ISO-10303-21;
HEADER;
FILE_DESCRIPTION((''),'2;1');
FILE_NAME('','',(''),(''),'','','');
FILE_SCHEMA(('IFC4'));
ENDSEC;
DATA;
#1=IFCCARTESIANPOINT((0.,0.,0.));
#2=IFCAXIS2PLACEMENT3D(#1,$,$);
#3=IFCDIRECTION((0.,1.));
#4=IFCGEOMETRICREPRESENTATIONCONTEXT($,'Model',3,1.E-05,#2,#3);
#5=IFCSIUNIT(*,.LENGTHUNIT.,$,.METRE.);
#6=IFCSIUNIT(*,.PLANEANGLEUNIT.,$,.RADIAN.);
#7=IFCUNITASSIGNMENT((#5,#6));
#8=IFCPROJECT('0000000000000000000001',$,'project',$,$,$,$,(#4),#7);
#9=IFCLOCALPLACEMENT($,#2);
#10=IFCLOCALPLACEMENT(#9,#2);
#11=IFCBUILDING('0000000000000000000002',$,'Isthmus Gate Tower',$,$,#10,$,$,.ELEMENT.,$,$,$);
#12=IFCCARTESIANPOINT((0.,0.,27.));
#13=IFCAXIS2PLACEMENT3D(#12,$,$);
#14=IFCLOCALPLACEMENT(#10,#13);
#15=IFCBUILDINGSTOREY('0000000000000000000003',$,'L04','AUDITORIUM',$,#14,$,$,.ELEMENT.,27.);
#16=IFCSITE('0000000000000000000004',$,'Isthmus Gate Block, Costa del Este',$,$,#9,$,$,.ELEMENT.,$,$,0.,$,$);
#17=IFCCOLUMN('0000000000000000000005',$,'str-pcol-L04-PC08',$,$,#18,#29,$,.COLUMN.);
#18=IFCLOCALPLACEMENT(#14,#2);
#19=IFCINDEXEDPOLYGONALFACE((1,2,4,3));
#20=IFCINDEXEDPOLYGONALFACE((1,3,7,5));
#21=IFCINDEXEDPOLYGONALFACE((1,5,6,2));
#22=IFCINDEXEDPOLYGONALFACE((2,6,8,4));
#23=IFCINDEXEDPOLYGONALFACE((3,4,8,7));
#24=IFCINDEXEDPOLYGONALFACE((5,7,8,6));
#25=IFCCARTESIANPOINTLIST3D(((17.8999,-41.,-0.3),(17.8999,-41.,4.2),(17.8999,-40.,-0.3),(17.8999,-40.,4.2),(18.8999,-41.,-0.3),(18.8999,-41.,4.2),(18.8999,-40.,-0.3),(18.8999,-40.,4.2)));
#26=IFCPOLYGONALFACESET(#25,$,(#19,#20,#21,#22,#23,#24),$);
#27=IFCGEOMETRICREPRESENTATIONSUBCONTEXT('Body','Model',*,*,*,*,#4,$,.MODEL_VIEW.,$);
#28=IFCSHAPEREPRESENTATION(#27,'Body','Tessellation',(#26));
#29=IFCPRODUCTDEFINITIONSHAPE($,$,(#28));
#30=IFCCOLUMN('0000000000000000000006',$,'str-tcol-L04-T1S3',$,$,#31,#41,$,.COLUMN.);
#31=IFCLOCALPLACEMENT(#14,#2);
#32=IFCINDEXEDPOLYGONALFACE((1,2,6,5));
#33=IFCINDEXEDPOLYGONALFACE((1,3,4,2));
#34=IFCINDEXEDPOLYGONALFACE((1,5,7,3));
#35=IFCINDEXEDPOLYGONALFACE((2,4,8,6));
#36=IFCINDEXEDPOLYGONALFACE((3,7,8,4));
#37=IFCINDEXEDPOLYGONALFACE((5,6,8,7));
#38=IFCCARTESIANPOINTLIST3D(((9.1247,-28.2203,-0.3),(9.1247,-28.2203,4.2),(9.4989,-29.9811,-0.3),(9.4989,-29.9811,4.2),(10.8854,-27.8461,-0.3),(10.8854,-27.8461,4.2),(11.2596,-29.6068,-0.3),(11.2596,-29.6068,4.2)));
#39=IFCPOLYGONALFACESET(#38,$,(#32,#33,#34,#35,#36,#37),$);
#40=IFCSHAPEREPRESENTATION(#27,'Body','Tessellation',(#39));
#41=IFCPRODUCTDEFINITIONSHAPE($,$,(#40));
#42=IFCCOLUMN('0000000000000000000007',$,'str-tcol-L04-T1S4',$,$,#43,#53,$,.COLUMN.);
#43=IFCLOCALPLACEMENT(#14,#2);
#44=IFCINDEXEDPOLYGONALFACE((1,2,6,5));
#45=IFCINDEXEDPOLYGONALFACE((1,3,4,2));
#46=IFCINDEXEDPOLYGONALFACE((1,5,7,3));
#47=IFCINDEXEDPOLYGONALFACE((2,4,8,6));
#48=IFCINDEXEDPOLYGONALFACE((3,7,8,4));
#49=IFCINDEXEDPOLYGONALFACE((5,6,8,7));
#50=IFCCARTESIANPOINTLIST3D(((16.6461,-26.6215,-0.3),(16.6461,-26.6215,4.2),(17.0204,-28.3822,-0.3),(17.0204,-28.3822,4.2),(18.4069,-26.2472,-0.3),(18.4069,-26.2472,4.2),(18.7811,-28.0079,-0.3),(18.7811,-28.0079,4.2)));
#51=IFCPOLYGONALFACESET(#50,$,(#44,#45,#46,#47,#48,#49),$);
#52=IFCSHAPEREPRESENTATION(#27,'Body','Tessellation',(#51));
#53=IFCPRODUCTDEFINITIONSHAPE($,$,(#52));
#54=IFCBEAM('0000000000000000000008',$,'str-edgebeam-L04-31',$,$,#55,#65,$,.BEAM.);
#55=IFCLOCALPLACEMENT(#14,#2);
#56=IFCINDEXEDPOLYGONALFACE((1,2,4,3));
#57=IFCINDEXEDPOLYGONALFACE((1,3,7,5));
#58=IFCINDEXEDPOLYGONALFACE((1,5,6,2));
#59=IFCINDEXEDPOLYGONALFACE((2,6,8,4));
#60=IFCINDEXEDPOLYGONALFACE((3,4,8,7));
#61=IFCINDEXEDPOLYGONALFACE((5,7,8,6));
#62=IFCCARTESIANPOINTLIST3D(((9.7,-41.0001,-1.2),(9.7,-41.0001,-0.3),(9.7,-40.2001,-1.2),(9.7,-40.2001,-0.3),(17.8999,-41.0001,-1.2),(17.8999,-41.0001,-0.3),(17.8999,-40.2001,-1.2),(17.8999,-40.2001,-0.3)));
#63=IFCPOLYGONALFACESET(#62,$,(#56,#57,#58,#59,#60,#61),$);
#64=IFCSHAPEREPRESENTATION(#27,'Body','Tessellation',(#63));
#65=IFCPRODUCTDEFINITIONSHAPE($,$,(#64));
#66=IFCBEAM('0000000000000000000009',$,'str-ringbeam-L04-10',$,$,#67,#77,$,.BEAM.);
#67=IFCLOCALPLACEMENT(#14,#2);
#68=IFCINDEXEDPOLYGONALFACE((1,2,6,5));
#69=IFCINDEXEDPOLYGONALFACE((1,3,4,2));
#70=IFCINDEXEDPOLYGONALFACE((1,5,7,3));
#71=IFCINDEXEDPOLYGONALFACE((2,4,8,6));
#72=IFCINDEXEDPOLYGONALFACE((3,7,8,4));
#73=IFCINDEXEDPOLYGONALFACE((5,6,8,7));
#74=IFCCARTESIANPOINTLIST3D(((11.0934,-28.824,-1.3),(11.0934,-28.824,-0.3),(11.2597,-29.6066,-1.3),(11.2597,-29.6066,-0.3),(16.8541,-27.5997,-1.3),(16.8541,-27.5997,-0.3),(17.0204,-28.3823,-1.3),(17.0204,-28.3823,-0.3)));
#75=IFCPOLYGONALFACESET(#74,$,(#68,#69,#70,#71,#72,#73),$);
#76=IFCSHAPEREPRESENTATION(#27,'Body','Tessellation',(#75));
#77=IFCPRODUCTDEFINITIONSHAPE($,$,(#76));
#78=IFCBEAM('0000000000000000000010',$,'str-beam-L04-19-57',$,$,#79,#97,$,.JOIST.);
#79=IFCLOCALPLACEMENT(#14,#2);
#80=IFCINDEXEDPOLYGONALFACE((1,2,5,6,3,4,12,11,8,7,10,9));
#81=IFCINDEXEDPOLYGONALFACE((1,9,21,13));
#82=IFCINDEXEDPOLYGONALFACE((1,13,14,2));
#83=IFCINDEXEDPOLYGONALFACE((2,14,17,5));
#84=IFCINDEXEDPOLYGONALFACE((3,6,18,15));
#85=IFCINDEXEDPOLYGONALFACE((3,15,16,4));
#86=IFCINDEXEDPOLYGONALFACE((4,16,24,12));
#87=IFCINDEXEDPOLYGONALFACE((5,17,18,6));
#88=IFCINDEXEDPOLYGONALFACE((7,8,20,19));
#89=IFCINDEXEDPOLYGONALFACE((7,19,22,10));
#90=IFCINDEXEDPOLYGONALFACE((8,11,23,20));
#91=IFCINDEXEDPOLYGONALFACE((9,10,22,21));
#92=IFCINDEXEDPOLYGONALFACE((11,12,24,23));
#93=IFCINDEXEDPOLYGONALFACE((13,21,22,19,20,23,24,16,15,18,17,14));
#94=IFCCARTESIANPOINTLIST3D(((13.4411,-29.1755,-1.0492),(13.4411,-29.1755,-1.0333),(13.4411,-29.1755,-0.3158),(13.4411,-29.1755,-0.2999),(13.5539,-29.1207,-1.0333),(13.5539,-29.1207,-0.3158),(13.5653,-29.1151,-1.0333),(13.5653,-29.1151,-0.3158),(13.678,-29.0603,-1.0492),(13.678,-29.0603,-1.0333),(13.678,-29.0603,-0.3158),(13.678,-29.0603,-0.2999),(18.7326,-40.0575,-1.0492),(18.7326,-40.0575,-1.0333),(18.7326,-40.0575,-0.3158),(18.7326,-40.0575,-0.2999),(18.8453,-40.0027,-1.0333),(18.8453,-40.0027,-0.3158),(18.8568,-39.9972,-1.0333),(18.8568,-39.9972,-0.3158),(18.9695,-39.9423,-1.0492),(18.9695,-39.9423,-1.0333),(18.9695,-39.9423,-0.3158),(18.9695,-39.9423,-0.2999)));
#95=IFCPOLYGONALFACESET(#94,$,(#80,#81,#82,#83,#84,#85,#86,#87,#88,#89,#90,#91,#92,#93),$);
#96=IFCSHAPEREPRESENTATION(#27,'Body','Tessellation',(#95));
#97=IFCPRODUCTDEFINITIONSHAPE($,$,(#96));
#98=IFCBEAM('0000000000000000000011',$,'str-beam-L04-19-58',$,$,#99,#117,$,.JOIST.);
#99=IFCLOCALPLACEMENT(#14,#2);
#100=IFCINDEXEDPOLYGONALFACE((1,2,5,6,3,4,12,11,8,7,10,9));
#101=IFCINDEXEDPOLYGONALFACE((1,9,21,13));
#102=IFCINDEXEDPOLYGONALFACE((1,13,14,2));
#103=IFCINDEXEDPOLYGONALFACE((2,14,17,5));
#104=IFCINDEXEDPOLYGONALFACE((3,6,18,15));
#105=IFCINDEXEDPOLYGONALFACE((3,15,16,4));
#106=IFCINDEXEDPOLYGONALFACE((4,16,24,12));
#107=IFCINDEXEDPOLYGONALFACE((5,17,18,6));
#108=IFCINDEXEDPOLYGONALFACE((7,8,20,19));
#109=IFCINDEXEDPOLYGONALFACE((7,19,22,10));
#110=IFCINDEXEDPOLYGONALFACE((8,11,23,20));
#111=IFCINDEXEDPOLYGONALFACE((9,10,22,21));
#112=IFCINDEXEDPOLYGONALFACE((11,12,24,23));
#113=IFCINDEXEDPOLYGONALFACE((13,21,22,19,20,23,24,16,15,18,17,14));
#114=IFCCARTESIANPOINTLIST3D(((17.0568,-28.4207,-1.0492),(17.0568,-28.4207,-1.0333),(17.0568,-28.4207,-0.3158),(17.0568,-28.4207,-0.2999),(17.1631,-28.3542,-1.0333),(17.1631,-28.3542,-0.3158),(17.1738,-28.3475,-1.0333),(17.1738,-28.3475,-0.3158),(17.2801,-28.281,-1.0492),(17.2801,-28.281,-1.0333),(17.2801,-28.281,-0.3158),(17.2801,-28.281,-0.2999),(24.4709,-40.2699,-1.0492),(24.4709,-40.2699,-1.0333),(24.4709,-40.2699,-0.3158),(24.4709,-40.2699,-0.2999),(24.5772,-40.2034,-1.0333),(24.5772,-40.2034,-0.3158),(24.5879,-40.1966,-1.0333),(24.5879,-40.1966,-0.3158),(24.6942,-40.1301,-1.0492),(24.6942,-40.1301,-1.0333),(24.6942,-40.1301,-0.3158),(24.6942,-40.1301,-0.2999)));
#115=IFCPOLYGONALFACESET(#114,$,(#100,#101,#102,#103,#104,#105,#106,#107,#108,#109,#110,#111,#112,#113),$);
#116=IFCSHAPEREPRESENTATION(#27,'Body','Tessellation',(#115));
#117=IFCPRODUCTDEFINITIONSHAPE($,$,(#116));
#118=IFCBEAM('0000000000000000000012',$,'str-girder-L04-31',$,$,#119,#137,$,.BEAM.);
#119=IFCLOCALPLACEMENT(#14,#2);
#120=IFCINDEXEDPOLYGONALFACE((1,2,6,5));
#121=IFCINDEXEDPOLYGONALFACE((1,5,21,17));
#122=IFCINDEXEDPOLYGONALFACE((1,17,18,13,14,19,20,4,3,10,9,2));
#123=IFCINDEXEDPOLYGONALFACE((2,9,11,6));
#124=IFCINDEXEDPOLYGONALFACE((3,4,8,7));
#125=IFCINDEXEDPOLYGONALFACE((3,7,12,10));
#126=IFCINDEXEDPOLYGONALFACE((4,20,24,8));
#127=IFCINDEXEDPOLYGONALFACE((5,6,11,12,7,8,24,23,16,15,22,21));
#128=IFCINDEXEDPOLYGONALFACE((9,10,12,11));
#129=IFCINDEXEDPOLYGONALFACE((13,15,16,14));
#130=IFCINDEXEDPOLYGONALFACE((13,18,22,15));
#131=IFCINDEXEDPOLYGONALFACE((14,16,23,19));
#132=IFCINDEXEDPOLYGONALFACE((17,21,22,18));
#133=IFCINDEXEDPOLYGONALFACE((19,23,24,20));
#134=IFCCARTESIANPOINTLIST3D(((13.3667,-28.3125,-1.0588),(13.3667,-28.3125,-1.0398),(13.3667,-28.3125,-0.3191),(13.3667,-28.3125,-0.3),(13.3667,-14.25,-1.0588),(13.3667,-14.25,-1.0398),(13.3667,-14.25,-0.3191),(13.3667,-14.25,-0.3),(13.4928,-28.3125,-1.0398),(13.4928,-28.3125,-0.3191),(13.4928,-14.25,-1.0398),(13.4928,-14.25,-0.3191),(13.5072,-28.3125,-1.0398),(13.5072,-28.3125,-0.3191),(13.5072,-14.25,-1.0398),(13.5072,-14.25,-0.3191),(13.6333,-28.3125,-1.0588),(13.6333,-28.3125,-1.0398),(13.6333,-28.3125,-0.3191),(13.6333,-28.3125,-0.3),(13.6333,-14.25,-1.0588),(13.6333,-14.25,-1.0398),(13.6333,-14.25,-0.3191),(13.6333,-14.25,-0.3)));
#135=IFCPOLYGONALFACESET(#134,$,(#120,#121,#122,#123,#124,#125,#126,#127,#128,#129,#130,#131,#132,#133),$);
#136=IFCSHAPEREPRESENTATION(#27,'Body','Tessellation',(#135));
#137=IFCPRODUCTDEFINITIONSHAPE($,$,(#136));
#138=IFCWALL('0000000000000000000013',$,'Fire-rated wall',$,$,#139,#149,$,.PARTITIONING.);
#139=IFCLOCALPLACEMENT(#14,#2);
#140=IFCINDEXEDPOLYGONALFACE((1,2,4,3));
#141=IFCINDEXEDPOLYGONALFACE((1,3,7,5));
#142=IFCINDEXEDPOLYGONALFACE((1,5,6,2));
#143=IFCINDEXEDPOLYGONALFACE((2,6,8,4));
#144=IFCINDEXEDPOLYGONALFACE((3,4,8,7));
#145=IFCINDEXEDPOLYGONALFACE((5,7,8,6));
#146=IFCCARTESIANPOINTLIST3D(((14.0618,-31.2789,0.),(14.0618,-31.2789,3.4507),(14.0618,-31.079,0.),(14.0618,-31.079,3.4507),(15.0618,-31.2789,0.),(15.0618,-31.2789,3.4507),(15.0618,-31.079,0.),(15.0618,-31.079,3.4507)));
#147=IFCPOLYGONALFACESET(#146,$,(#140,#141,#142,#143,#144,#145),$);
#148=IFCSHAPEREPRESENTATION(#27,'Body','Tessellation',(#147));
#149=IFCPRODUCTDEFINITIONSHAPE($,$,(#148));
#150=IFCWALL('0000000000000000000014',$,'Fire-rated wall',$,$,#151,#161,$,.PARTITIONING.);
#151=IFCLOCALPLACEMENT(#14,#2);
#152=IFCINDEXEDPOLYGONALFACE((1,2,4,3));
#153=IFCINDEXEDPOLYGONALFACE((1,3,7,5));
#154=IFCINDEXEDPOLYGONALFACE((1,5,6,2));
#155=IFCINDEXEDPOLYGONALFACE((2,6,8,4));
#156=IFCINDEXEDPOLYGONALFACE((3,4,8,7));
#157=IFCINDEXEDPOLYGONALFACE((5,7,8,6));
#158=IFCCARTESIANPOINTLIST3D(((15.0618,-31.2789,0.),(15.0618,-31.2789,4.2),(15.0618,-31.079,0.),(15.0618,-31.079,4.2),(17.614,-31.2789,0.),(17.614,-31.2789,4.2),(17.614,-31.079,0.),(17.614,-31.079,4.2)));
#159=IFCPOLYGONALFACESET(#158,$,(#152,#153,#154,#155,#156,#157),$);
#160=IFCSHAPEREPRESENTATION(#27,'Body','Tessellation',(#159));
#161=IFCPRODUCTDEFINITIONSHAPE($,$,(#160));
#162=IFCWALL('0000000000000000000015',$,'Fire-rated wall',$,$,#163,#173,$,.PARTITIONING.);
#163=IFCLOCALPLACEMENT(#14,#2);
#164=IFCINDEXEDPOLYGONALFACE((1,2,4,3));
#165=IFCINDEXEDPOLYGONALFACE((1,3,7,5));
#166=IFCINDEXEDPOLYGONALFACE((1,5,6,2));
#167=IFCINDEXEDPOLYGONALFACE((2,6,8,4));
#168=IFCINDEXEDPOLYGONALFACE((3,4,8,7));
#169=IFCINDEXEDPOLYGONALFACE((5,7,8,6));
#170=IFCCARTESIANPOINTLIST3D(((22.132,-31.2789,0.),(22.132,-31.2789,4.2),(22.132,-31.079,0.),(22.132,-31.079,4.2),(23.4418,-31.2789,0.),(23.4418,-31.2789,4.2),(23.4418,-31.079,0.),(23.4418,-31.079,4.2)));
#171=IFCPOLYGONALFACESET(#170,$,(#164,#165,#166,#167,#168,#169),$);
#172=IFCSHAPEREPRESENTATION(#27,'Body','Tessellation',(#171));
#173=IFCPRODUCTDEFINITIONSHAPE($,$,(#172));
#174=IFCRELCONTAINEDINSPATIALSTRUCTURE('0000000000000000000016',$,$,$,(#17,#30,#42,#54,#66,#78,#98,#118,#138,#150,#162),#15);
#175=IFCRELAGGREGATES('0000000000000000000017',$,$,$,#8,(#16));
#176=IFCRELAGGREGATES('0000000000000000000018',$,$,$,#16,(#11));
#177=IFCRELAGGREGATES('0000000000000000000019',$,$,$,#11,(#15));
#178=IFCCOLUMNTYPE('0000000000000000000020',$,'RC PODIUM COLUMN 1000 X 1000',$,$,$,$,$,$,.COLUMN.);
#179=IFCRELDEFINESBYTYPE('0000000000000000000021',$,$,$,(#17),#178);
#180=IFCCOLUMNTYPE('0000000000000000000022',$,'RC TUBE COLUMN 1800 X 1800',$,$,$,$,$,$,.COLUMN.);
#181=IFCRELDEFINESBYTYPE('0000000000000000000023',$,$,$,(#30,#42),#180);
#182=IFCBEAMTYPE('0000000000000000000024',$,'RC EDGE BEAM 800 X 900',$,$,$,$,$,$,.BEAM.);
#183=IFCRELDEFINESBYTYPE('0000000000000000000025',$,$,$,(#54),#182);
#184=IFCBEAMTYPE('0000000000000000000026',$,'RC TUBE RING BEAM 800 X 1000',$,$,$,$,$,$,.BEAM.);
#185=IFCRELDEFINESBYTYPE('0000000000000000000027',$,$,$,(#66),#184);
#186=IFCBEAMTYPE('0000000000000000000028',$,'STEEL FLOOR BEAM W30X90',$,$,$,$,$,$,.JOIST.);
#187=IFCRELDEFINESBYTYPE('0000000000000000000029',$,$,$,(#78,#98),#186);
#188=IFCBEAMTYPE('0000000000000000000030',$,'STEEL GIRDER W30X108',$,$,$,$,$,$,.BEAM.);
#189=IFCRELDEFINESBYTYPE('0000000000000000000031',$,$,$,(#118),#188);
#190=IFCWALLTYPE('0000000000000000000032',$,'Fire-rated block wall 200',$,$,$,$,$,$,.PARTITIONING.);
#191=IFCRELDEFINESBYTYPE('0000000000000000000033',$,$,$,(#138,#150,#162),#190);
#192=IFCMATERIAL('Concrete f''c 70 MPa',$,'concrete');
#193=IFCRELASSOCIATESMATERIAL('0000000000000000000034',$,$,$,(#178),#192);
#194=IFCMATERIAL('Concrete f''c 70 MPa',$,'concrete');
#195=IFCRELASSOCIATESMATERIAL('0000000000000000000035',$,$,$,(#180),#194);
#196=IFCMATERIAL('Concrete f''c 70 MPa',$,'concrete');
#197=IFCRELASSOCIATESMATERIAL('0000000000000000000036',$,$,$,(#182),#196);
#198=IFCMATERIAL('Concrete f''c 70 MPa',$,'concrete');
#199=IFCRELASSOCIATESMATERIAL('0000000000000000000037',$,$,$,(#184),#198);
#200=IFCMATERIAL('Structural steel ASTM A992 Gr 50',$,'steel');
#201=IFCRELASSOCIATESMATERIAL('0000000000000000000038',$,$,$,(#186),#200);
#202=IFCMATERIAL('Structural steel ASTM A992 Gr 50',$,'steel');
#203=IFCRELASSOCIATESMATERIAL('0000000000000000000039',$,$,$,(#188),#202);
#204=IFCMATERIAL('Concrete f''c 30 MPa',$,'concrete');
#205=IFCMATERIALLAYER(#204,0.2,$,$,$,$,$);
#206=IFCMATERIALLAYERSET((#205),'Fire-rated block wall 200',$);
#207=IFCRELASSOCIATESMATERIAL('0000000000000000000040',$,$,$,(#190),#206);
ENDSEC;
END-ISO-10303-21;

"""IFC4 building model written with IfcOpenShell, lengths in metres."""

from ifc_helpers import new_model, si_unit, direction, frame, frame_2d, origin, origin_2d, place, context, subcontext, project, spatial, rectangle, i_section, extrude, material, layer, layer_set, material_profile, profile_set, type_object, element, save


model = new_model("IFC4")

# Units and contexts
model_context = context("Model", 3, precision=1e-05, world=origin(), true_north=direction((0.0, 1.0)))
body_context = subcontext(model_context, "Body", "Model", "MODEL_VIEW")
ifc_project = project(units=[si_unit("LENGTHUNIT", "METRE"), si_unit("PLANEANGLEUNIT", "RADIAN")], contexts=[model_context])

# Site, building, storey
site_placement = place(None, origin())
site = spatial("IfcSite", under=ifc_project, at=site_placement, Name="Isthmus Gate Block, Costa del Este", CompositionType="ELEMENT", RefElevation=0.0)
building_placement = place(site_placement, origin())
building = spatial("IfcBuilding", under=site, at=building_placement, Name="Isthmus Gate Tower", CompositionType="ELEMENT")
storey_placement = place(building_placement, frame((0.0, 0.0, 27.0)))
storey = spatial("IfcBuildingStorey", under=building, at=storey_placement, Name="L04", Description="AUDITORIUM", CompositionType="ELEMENT", Elevation=27.0)

# Columns
ifc_material_1 = material(Name="Concrete f'c 70 MPa", Category="concrete")
ifc_material_profile_1 = material_profile(ifc_material_1, rectangle(XDim=1.0, YDim=1.0, at=origin_2d()), Name="RC 1000X1000")
ifc_profile_set_1 = profile_set([ifc_material_profile_1], Name="Concrete f'c 70 MPa")
column_type_1 = type_object("IfcColumnType", Name="RC PODIUM COLUMN 1000 X 1000", PredefinedType="COLUMN", material=ifc_profile_set_1)
column_placement = place(storey_placement, frame((18.3999, -40.5, -0.3), z_axis=(0.0, 0.0, 1.0), x_axis=(1.0, 0.0, 0.0)))
element("IfcColumn", 1, at=column_placement, inside=storey, type_object=column_type_1, Name="str-pcol-L04-PC08", PredefinedType="COLUMN", context=body_context, shape_type="SweptSolid", body=[
    extrude(rectangle(XDim=1.0, YDim=1.0, at=origin_2d()), origin(), (0.0, 0.0, 1.0), 4.5),
])
ifc_material_2 = material(Name="Concrete f'c 70 MPa", Category="concrete")
ifc_material_profile_2 = material_profile(ifc_material_2, rectangle(XDim=1.8, YDim=1.8, at=origin_2d()), Name="RC 1800X1800")
ifc_profile_set_2 = profile_set([ifc_material_profile_2], Name="Concrete f'c 70 MPa")
column_type_2 = type_object("IfcColumnType", Name="RC TUBE COLUMN 1800 X 1800", PredefinedType="COLUMN", material=ifc_profile_set_2)
for number, where, z_axis, x_axis, name in (
    (2, (10.1921, -28.9136, -0.3), (0.0, 0.0, 1.0), (0.978148, 0.207912, 0.0), "str-tcol-L04-T1S3"),
    (3, (17.7136, -27.3147, -0.3), (0.0, 0.0, 1.0), (0.978148, 0.207912, 0.0), "str-tcol-L04-T1S4"),
):
    element("IfcColumn", number, at=place(storey_placement, frame(where, z_axis=z_axis, x_axis=x_axis)), inside=storey, type_object=column_type_2, Name=name, PredefinedType="COLUMN", context=body_context, shape_type="SweptSolid", body=[
        extrude(rectangle(XDim=1.8, YDim=1.8, at=origin_2d()), origin(), (0.0, 0.0, 1.0), 4.5),
    ])

# Beams
ifc_material_3 = material(Name="Concrete f'c 70 MPa", Category="concrete")
ifc_material_profile_3 = material_profile(ifc_material_3, rectangle(XDim=0.8, YDim=0.8999, at=origin_2d()), Name="RC 800X900")
ifc_profile_set_3 = profile_set([ifc_material_profile_3], Name="Concrete f'c 70 MPa")
beam_type_1 = type_object("IfcBeamType", Name="RC EDGE BEAM 800 X 900", PredefinedType="BEAM", material=ifc_profile_set_3)
beam_1_placement = place(storey_placement, frame((17.8999, -40.6001, -0.75), z_axis=(-1.0, 0.0, 0.0), x_axis=(0.0, -1.0, 0.0)))
element("IfcBeam", 4, at=beam_1_placement, inside=storey, type_object=beam_type_1, Name="str-edgebeam-L04-31", PredefinedType="BEAM", context=body_context, shape_type="SweptSolid", body=[
    extrude(rectangle(XDim=0.8, YDim=0.8999, at=origin_2d()), origin(), (0.0, 0.0, 1.0), 8.2),
])
ifc_material_4 = material(Name="Concrete f'c 70 MPa", Category="concrete")
ifc_material_profile_4 = material_profile(ifc_material_4, rectangle(XDim=0.8, YDim=1.0, at=origin_2d()), Name="RC 800X1000")
ifc_profile_set_4 = profile_set([ifc_material_profile_4], Name="Concrete f'c 70 MPa")
beam_type_2 = type_object("IfcBeamType", Name="RC TUBE RING BEAM 800 X 1000", PredefinedType="BEAM", material=ifc_profile_set_4)
beam_2_placement = place(storey_placement, frame((16.9373, -27.991, -0.8), z_axis=(-0.978152, -0.207892, 0.0), x_axis=(0.207892, -0.978152, 0.0)))
element("IfcBeam", 5, at=beam_2_placement, inside=storey, type_object=beam_type_2, Name="str-ringbeam-L04-10", PredefinedType="BEAM", context=body_context, shape_type="SweptSolid", body=[
    extrude(rectangle(XDim=0.8, YDim=1.0, at=origin_2d()), origin(), (0.0, 0.0, 1.0), 5.8894),
])
ifc_material_5 = material(Name="Structural steel ASTM A992 Gr 50", Category="steel")
ifc_material_profile_5 = material_profile(ifc_material_5, i_section(OverallWidth=0.2634, OverallDepth=0.7493, WebThickness=0.0127, FlangeThickness=0.0159, at=origin_2d()), Name="W30X90")
ifc_profile_set_5 = profile_set([ifc_material_profile_5], Name="Structural steel ASTM A992 Gr 50")
beam_type_3 = type_object("IfcBeamType", Name="STEEL FLOOR BEAM W30X90", PredefinedType="JOIST", material=ifc_profile_set_5)
beam_3_placement = place(storey_placement, frame((13.5596, -29.1179, -0.6746), z_axis=(0.4373, -0.899316, 0.0), x_axis=(0.899316, 0.4373, 0.0)))
element("IfcBeam", 6, at=beam_3_placement, inside=storey, type_object=beam_type_3, Name="str-beam-L04-19-57", PredefinedType="JOIST", context=body_context, shape_type="SweptSolid", body=[
    extrude(i_section(OverallWidth=0.2634, OverallDepth=0.7493, WebThickness=0.0127, FlangeThickness=0.0159, at=origin_2d()), origin(), (0.0, 0.0, 1.0), 12.1003),
])
beam_4_placement = place(storey_placement, frame((17.1685, -28.3508, -0.6746), z_axis=(0.530429, -0.847729, 0.0), x_axis=(0.847729, 0.530429, 0.0)))
element("IfcBeam", 7, at=beam_4_placement, inside=storey, type_object=beam_type_3, Name="str-beam-L04-19-58", PredefinedType="JOIST", context=body_context, shape_type="SweptSolid", body=[
    extrude(i_section(OverallWidth=0.2634, OverallDepth=0.7493, WebThickness=0.0127, FlangeThickness=0.0159, at=origin_2d()), origin(), (0.0, 0.0, 1.0), 13.9775),
])
ifc_material_6 = material(Name="Structural steel ASTM A992 Gr 50", Category="steel")
ifc_material_profile_6 = material_profile(ifc_material_6, i_section(OverallWidth=0.2666, OverallDepth=0.7588, WebThickness=0.0144, FlangeThickness=0.019, at=origin_2d()), Name="W30X108")
ifc_profile_set_6 = profile_set([ifc_material_profile_6], Name="Structural steel ASTM A992 Gr 50")
beam_type_4 = type_object("IfcBeamType", Name="STEEL GIRDER W30X108", PredefinedType="BEAM", material=ifc_profile_set_6)
beam_5_placement = place(storey_placement, frame((13.5, -28.3125, -0.6794), z_axis=(0.0, 1.0, 0.0), x_axis=(-1.0, 0.0, 0.0)))
element("IfcBeam", 8, at=beam_5_placement, inside=storey, type_object=beam_type_4, Name="str-girder-L04-31", PredefinedType="BEAM", context=body_context, shape_type="SweptSolid", body=[
    extrude(i_section(OverallWidth=0.2666, OverallDepth=0.7588, WebThickness=0.0144, FlangeThickness=0.019, at=origin_2d()), origin(), (0.0, 0.0, 1.0), 14.0625),
])

# Walls
ifc_material_7 = material(Name="Concrete f'c 30 MPa", Category="concrete")
ifc_layer_1 = layer(ifc_material_7, 0.2)
ifc_layer_set_1 = layer_set([ifc_layer_1], Name="Fire-rated block wall 200")
wall_type_1 = type_object("IfcWallType", Name="Fire-rated block wall 200", PredefinedType="PARTITIONING", material=ifc_layer_set_1)
wall_1_placement = place(storey_placement, frame((14.0618, -31.179, 0.0), z_axis=(0.0, 0.0, 1.0), x_axis=(1.0, 0.0, 0.0)))
element("IfcWall", 9, at=wall_1_placement, inside=storey, type_object=wall_type_1, Name="Fire-rated wall", PredefinedType="PARTITIONING", context=body_context, shape_type="SweptSolid", body=[
    extrude(rectangle(XDim=1.0, YDim=0.2, at=frame_2d((0.5, 0.0))), origin(), (0.0, 0.0, 1.0), 3.4507),
])
wall_2_placement = place(storey_placement, frame((15.0618, -31.179, 0.0), z_axis=(0.0, 0.0, 1.0), x_axis=(1.0, 0.0, 0.0)))
element("IfcWall", 10, at=wall_2_placement, inside=storey, type_object=wall_type_1, Name="Fire-rated wall", PredefinedType="PARTITIONING", context=body_context, shape_type="SweptSolid", body=[
    extrude(rectangle(XDim=2.5522, YDim=0.2, at=frame_2d((1.2761, 0.0))), origin(), (0.0, 0.0, 1.0), 4.2),
])
wall_3_placement = place(storey_placement, frame((22.1321, -31.179, 0.0), z_axis=(0.0, 0.0, 1.0), x_axis=(1.0, 0.0, 0.0)))
element("IfcWall", 11, at=wall_3_placement, inside=storey, type_object=wall_type_1, Name="Fire-rated wall", PredefinedType="PARTITIONING", context=body_context, shape_type="SweptSolid", body=[
    extrude(rectangle(XDim=1.3098, YDim=0.2, at=frame_2d((0.6548, 0.0))), origin(), (0.0, 0.0, 1.0), 4.2),
])

save(model, "model.ifc")
